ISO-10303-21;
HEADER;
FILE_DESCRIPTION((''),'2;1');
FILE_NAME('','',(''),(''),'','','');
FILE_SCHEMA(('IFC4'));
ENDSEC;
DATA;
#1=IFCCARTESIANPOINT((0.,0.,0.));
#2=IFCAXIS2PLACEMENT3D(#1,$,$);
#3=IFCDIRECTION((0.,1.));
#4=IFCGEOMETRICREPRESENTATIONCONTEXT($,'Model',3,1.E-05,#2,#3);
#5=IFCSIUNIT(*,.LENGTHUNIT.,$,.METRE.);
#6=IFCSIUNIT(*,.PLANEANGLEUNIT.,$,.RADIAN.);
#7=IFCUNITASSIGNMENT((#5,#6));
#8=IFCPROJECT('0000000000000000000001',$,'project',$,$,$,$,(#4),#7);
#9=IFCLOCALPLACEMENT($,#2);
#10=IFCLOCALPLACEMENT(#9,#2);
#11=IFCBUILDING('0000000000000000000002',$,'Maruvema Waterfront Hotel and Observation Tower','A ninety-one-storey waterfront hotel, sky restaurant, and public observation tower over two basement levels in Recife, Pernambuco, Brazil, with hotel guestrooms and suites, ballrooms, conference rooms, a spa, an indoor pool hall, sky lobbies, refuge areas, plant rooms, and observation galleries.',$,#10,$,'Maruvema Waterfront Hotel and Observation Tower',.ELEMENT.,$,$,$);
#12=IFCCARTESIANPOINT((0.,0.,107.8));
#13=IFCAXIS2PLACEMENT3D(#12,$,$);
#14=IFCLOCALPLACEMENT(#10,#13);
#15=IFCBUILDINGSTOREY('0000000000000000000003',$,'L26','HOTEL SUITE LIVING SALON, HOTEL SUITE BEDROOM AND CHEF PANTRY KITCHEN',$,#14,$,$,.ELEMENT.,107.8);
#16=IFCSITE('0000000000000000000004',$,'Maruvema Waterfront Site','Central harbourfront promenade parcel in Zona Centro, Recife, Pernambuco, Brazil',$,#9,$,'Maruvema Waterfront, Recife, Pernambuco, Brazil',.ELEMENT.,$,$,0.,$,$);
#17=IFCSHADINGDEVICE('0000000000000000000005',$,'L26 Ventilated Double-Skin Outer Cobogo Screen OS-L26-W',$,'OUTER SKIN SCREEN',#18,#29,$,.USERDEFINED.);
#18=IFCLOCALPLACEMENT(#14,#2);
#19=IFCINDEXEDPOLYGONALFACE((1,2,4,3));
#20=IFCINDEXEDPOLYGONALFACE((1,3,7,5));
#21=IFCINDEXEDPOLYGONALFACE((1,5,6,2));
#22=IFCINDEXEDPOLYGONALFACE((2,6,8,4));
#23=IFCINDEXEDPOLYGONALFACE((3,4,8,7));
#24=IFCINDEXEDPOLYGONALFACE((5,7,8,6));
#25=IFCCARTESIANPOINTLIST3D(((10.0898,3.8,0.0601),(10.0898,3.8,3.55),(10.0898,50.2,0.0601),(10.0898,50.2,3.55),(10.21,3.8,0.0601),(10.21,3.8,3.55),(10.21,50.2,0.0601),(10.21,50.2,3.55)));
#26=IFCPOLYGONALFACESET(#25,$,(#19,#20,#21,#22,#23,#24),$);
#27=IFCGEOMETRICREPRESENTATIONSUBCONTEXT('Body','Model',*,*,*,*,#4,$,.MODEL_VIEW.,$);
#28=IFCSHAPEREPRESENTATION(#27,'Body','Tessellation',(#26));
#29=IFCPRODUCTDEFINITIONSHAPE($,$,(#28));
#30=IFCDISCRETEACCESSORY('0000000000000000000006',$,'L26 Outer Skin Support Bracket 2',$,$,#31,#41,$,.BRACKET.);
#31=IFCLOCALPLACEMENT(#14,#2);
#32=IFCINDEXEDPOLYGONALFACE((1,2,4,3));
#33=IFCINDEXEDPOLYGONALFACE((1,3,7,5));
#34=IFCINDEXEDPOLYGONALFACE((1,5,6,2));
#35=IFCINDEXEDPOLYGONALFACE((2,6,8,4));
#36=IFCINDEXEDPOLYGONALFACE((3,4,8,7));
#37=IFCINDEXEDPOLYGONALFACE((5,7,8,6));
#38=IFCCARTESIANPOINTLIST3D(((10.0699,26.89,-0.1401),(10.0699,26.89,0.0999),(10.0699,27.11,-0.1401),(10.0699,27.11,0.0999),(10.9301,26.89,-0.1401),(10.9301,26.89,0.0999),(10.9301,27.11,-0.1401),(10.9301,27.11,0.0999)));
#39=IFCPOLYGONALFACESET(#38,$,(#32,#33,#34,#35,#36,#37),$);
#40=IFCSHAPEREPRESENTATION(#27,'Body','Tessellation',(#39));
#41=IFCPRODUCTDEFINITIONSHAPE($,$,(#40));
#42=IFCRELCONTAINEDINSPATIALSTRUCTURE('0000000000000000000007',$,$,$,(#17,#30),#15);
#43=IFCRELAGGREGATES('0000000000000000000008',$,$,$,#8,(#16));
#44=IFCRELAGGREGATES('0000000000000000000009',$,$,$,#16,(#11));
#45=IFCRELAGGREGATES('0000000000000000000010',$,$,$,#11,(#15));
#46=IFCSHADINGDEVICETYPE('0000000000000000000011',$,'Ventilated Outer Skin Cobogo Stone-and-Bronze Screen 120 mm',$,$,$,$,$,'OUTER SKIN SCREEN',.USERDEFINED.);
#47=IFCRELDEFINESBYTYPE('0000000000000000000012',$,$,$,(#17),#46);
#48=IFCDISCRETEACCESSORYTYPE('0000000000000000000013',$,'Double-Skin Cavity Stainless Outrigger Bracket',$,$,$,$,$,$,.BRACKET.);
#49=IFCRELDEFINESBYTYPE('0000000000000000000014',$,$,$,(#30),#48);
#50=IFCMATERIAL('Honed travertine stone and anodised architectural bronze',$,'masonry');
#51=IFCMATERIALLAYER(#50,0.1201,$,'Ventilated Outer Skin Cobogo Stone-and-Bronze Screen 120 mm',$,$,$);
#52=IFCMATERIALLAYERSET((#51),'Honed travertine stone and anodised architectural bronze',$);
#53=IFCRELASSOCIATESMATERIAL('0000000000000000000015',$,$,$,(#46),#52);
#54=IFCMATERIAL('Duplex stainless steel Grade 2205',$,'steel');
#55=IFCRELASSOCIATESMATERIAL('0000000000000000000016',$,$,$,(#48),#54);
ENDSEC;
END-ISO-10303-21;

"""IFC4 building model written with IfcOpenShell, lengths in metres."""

from ifc_helpers import new_model, si_unit, direction, frame, origin, origin_2d, place, context, subcontext, project, spatial, rectangle, extrude, material, layer, layer_set, type_object, element, save


model = new_model("IFC4")

# Units and contexts
model_context = context("Model", 3, precision=1e-05, world=origin(), true_north=direction((0.0, 1.0)))
body_context = subcontext(model_context, "Body", "Model", "MODEL_VIEW")
ifc_project = project(units=[si_unit("LENGTHUNIT", "METRE"), si_unit("PLANEANGLEUNIT", "RADIAN")], contexts=[model_context])

# Site, building, storey
site_placement = place(None, origin())
site = spatial("IfcSite", under=ifc_project, at=site_placement, Name="Maruvema Waterfront Site", Description="Central harbourfront promenade parcel in Zona Centro, Recife, Pernambuco, Brazil", LongName="Maruvema Waterfront, Recife, Pernambuco, Brazil", CompositionType="ELEMENT", RefElevation=0.0)
building_placement = place(site_placement, origin())
building = spatial("IfcBuilding", under=site, at=building_placement, Name="Maruvema Waterfront Hotel and Observation Tower", Description="A ninety-one-storey waterfront hotel, sky restaurant, and public observation tower over two basement levels in Recife, Pernambuco, Brazil, with hotel guestrooms and suites, ballrooms, conference rooms, a spa, an indoor pool hall, sky lobbies, refuge areas, plant rooms, and observation galleries.", LongName="Maruvema Waterfront Hotel and Observation Tower", CompositionType="ELEMENT")
storey_placement = place(building_placement, frame((0.0, 0.0, 107.8)))
storey = spatial("IfcBuildingStorey", under=building, at=storey_placement, Name="L26", Description="HOTEL SUITE LIVING SALON, HOTEL SUITE BEDROOM AND CHEF PANTRY KITCHEN", CompositionType="ELEMENT", Elevation=107.8)

# Shading device
ifc_material_1 = material(Name="Honed travertine stone and anodised architectural bronze", Category="masonry")
ifc_layer_1 = layer(ifc_material_1, 0.1201, Name="Ventilated Outer Skin Cobogo Stone-and-Bronze Screen 120 mm")
ifc_layer_set_1 = layer_set([ifc_layer_1], Name="Honed travertine stone and anodised architectural bronze")
shading_device_type = type_object("IfcShadingDeviceType", Name="Ventilated Outer Skin Cobogo Stone-and-Bronze Screen 120 mm", ElementType="OUTER SKIN SCREEN", PredefinedType="USERDEFINED", material=ifc_layer_set_1)
shading_device_placement = place(storey_placement, frame((10.1499, 27.0, 0.0601), z_axis=(0.0, 0.0, 1.0), x_axis=(0.0, -1.0, 0.0)))
element("IfcShadingDevice", 1, at=shading_device_placement, inside=storey, type_object=shading_device_type, Name="L26 Ventilated Double-Skin Outer Cobogo Screen OS-L26-W", ObjectType="OUTER SKIN SCREEN", PredefinedType="USERDEFINED", context=body_context, shape_type="SweptSolid", body=[
    extrude(rectangle(XDim=46.3999, YDim=0.1201, at=origin_2d()), origin(), (0.0, 0.0, 1.0), 3.49),
])

# Discrete accessory
ifc_material_2 = material(Name="Duplex stainless steel Grade 2205", Category="steel")
discrete_accessory_type = type_object("IfcDiscreteAccessoryType", Name="Double-Skin Cavity Stainless Outrigger Bracket", PredefinedType="BRACKET", material=ifc_material_2)
discrete_accessory_placement = place(storey_placement, frame((10.5, 27.0, -0.1401), z_axis=(0.0, 0.0, 1.0), x_axis=(0.0, -1.0, 0.0)))
element("IfcDiscreteAccessory", 2, at=discrete_accessory_placement, inside=storey, type_object=discrete_accessory_type, Name="L26 Outer Skin Support Bracket 2", PredefinedType="BRACKET", context=body_context, shape_type="SweptSolid", body=[
    extrude(rectangle(XDim=0.22, YDim=0.8601, at=origin_2d()), origin(), (0.0, 0.0, 1.0), 0.24),
])

save(model, "model.ifc")
